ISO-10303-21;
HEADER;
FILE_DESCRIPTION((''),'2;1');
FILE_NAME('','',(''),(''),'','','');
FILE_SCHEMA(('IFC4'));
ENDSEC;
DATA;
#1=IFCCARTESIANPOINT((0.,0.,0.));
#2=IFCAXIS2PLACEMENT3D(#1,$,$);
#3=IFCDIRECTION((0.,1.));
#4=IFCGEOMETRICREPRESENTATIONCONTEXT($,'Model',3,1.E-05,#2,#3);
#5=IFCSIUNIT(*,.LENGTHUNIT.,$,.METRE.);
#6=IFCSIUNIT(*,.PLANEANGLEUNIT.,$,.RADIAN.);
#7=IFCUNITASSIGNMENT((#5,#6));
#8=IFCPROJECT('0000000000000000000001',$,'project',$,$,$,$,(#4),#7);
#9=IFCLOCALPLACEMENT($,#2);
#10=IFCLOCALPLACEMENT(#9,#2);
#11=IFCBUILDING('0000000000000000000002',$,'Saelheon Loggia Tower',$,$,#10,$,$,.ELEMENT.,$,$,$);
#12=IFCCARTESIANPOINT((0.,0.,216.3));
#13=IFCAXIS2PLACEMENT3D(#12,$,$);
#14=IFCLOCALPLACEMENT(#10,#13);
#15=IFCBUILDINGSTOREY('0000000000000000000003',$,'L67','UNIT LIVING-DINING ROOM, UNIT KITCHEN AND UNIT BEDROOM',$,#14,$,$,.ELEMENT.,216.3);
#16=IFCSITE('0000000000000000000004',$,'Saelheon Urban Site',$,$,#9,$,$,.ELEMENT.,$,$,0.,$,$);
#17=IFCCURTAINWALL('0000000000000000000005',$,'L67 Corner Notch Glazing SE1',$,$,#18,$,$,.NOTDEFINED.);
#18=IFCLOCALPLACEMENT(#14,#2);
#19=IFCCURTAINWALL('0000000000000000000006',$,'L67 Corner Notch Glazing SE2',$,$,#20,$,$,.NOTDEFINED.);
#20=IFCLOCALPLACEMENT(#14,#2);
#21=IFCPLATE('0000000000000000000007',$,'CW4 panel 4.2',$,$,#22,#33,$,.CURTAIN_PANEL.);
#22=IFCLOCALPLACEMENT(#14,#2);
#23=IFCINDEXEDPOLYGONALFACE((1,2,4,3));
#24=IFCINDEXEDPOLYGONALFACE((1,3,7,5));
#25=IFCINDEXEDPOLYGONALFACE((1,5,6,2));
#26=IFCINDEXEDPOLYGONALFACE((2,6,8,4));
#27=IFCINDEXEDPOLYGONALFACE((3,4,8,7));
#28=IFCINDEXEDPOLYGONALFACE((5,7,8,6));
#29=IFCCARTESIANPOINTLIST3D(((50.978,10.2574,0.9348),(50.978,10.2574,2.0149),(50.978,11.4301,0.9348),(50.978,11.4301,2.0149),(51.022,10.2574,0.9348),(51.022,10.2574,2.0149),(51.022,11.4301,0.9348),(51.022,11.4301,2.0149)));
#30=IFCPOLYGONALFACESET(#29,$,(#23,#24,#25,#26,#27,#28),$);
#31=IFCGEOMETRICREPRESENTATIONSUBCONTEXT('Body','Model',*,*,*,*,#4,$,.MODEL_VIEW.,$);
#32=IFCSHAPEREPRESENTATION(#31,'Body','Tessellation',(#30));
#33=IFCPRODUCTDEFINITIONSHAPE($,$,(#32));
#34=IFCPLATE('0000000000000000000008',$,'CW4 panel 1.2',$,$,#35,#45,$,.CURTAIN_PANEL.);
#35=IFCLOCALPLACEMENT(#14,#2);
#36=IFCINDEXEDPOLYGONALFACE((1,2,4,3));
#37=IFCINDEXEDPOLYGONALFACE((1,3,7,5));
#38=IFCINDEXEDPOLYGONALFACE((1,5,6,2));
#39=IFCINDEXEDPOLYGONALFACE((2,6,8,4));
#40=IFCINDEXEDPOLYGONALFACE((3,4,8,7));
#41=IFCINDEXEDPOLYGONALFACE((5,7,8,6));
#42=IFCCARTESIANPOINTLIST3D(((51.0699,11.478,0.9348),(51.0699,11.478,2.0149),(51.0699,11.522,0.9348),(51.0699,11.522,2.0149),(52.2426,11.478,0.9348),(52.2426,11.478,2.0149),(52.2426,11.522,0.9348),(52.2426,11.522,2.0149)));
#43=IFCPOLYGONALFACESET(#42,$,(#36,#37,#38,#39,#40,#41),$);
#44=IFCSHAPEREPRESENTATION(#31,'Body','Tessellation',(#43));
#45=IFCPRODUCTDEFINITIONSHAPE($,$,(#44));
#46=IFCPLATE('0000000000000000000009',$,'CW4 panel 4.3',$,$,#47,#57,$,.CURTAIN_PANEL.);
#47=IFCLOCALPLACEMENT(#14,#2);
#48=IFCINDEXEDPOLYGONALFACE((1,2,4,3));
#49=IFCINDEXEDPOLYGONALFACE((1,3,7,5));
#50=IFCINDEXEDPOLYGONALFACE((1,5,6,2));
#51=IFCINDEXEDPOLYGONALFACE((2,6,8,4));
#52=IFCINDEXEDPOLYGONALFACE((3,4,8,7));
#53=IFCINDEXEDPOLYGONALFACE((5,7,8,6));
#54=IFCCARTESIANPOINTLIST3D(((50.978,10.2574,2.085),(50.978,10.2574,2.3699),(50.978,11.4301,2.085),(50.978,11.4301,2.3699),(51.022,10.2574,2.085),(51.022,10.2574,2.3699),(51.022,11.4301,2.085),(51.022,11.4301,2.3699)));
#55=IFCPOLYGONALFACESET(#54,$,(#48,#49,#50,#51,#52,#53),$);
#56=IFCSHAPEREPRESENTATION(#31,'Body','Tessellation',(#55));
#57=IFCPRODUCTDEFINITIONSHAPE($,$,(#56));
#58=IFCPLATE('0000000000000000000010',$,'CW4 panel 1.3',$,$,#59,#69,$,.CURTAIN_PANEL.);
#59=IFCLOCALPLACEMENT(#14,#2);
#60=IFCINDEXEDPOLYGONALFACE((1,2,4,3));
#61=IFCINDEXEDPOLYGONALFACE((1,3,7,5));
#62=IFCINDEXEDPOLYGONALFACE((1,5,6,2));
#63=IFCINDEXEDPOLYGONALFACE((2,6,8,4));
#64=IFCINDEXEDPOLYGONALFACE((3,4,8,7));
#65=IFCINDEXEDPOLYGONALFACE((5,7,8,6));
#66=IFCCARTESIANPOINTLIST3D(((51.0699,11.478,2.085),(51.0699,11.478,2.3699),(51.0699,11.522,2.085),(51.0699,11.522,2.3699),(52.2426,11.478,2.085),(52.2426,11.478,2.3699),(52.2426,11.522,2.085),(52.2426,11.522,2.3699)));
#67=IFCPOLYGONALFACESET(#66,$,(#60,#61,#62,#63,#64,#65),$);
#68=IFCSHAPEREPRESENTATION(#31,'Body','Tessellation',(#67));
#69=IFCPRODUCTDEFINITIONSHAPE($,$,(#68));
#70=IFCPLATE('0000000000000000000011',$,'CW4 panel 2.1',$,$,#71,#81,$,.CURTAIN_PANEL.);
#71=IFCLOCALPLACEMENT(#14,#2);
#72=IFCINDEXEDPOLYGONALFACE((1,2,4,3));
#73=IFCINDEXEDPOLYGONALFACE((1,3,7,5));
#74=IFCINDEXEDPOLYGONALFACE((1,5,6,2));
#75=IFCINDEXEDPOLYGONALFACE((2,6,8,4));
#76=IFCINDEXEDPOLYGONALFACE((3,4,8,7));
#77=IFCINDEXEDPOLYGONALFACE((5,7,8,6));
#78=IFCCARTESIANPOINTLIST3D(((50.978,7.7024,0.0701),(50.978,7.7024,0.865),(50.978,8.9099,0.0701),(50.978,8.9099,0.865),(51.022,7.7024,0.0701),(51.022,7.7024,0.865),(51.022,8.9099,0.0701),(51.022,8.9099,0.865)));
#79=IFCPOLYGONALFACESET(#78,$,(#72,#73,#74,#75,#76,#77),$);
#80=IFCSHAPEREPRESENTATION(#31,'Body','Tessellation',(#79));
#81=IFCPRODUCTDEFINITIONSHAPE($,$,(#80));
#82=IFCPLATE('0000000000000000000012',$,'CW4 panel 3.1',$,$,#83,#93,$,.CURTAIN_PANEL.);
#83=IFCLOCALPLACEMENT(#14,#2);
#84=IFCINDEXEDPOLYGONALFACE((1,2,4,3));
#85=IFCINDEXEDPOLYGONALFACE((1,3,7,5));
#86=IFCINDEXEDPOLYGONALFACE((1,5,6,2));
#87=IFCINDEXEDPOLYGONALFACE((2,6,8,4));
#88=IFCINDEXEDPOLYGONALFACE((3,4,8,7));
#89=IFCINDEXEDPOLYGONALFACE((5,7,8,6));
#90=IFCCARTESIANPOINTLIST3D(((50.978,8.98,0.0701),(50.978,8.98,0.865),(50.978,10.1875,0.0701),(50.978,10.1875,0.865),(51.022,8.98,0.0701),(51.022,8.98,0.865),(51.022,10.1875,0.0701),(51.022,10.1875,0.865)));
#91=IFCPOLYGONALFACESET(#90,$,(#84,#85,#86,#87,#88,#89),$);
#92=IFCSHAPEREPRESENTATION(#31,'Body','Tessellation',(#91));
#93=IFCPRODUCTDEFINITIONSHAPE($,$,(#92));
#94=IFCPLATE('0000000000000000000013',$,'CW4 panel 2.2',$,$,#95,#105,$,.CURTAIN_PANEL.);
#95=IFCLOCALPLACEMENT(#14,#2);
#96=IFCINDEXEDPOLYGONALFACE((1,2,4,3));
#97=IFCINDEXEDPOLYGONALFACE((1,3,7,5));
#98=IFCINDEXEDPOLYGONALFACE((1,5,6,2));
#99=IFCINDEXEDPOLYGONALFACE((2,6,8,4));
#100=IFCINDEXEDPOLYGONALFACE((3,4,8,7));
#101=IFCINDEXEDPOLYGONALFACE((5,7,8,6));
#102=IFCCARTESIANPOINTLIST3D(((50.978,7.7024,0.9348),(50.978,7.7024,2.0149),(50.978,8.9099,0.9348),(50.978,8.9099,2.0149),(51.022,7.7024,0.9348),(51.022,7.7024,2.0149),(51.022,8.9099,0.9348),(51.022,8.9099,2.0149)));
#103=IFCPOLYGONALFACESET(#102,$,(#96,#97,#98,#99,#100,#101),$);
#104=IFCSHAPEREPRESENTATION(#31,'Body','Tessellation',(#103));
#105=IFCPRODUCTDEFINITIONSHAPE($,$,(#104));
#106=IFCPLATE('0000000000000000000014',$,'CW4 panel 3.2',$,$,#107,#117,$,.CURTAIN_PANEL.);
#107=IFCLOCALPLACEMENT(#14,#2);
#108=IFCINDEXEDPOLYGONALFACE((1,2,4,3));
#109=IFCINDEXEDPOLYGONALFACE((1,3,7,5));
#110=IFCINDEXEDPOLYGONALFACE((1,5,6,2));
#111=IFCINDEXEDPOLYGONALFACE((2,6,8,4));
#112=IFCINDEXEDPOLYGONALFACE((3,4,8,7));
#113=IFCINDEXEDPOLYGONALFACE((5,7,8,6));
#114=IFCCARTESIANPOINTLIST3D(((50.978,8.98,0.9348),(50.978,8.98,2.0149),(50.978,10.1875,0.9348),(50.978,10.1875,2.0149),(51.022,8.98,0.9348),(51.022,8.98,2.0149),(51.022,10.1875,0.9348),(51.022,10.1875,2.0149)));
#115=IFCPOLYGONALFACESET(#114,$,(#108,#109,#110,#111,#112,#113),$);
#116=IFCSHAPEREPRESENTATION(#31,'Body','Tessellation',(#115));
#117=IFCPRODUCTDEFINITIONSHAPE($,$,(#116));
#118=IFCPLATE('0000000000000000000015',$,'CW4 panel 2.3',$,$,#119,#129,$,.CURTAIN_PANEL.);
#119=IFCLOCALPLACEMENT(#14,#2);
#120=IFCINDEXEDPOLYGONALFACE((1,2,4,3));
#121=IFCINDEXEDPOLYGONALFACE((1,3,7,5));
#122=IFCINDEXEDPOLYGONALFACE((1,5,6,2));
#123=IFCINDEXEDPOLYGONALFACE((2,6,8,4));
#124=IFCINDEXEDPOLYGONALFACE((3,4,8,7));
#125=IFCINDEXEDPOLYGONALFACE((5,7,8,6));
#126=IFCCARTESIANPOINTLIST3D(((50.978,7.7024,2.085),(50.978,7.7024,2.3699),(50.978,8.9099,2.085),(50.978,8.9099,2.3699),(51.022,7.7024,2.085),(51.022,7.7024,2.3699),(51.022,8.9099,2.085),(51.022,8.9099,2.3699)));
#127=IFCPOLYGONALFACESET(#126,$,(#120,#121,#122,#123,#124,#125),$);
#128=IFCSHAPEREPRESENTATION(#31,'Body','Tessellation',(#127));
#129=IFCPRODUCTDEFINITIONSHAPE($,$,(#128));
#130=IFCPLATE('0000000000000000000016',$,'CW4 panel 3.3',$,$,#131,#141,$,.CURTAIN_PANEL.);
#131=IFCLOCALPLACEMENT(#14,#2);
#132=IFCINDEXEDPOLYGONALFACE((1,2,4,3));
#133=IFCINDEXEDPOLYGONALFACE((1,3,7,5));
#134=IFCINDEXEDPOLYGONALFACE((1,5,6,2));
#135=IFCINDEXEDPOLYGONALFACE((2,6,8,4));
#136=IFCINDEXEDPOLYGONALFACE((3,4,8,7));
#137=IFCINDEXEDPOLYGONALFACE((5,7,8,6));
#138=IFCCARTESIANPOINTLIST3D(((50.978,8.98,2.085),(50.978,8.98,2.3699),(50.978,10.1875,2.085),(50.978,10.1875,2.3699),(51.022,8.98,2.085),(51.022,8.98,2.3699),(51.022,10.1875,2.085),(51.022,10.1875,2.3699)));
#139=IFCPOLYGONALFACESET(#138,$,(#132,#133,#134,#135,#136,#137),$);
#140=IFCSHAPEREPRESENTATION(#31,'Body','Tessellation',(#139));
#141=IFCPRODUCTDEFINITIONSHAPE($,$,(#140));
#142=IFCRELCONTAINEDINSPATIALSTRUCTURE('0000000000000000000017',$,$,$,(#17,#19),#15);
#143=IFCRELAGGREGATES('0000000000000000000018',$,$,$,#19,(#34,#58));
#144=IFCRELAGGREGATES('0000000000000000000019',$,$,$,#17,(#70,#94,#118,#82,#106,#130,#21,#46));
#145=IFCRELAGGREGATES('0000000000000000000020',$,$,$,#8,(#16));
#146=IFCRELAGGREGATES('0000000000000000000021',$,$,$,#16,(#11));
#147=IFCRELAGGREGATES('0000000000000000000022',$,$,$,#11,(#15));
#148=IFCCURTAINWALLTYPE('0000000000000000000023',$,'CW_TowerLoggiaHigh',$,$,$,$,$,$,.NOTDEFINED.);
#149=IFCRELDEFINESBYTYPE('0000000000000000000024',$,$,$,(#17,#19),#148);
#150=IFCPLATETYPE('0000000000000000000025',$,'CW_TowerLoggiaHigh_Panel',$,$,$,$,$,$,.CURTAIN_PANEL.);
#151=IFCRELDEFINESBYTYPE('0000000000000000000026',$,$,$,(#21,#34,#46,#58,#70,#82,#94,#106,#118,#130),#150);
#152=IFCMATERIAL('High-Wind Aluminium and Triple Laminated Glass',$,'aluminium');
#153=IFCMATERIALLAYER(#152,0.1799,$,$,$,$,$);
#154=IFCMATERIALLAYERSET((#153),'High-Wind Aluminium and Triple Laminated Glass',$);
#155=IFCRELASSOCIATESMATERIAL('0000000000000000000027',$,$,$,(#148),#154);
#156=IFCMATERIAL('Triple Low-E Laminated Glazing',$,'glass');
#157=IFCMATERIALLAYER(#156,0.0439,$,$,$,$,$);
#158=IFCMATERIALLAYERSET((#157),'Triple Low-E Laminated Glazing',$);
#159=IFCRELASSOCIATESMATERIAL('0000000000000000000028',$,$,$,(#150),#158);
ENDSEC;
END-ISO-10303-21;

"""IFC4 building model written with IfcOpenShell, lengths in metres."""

from ifc_helpers import new_model, si_unit, direction, frame, origin, origin_2d, place, context, subcontext, project, spatial, rectangle, extrude, source, transform, mapped, material, layer, layer_set, type_object, element, aggregate, save


model = new_model("IFC4")

# Units and contexts
model_context = context("Model", 3, precision=1e-05, world=origin(), true_north=direction((0.0, 1.0)))
body_context = subcontext(model_context, "Body", "Model", "MODEL_VIEW")
ifc_project = project(units=[si_unit("LENGTHUNIT", "METRE"), si_unit("PLANEANGLEUNIT", "RADIAN")], contexts=[model_context])

# Site, building, storey
site_placement = place(None, origin())
site = spatial("IfcSite", under=ifc_project, at=site_placement, Name="Saelheon Urban Site", CompositionType="ELEMENT", RefElevation=0.0)
building_placement = place(site_placement, origin())
building = spatial("IfcBuilding", under=site, at=building_placement, Name="Saelheon Loggia Tower", CompositionType="ELEMENT")
storey_placement = place(building_placement, frame((0.0, 0.0, 216.3)))
storey = spatial("IfcBuildingStorey", under=building, at=storey_placement, Name="L67", Description="UNIT LIVING-DINING ROOM, UNIT KITCHEN AND UNIT BEDROOM", CompositionType="ELEMENT", Elevation=216.3)

# Curtain walls
ifc_material_1 = material(Name="High-Wind Aluminium and Triple Laminated Glass", Category="aluminium")
ifc_layer_1 = layer(ifc_material_1, 0.1799)
ifc_layer_set_1 = layer_set([ifc_layer_1], Name="High-Wind Aluminium and Triple Laminated Glass")
curtain_wall_type = type_object("IfcCurtainWallType", Name="CW_TowerLoggiaHigh", PredefinedType="NOTDEFINED", material=ifc_layer_set_1)
curtain_wall_1_placement = place(storey_placement, origin())
curtain_wall_1 = element("IfcCurtainWall", 1, at=curtain_wall_1_placement, inside=storey, type_object=curtain_wall_type, Name="L67 Corner Notch Glazing SE1", PredefinedType="NOTDEFINED")
curtain_wall_2_placement = place(storey_placement, origin())
curtain_wall_2 = element("IfcCurtainWall", 2, at=curtain_wall_2_placement, inside=storey, type_object=curtain_wall_type, Name="L67 Corner Notch Glazing SE2", PredefinedType="NOTDEFINED")

# Plates
ifc_material_2 = material(Name="Triple Low-E Laminated Glazing", Category="glass")
ifc_layer_2 = layer(ifc_material_2, 0.0439)
ifc_layer_set_2 = layer_set([ifc_layer_2], Name="Triple Low-E Laminated Glazing")
plate_type = type_object("IfcPlateType", Name="CW_TowerLoggiaHigh_Panel", PredefinedType="CURTAIN_PANEL", material=ifc_layer_set_2)
shared_shape_1 = source(origin(), body_context, "Body", "SweptSolid", [
    extrude(rectangle(XDim=1.1726, YDim=0.0439, at=origin_2d()), origin(), (0.0, 0.0, 1.0), 1.0801),
])
plate_1_placement = place(storey_placement, frame((51.0, 10.8438, 0.9348), z_axis=(0.0, 0.0, 1.0), x_axis=(0.0, 1.0, 0.0)))
plate_1 = element("IfcPlate", 3, at=plate_1_placement, type_object=plate_type, Name="CW4 panel 4.2", PredefinedType="CURTAIN_PANEL", context=body_context, shape_type="MappedRepresentation", body=[
    mapped(shared_shape_1, transform((0.0, 0.0, 0.0), scale=1.0)),
])
plate_2_placement = place(storey_placement, frame((51.6562, 11.5, 0.9348), z_axis=(0.0, 0.0, 1.0), x_axis=(1.0, 0.0, 0.0)))
plate_2 = element("IfcPlate", 4, at=plate_2_placement, type_object=plate_type, Name="CW4 panel 1.2", PredefinedType="CURTAIN_PANEL", context=body_context, shape_type="MappedRepresentation", body=[
    mapped(shared_shape_1, transform((0.0, 0.0, 0.0), scale=1.0)),
])
shared_shape_2 = source(origin(), body_context, "Body", "SweptSolid", [
    extrude(rectangle(XDim=1.1726, YDim=0.0439, at=origin_2d()), origin(), (0.0, 0.0, 1.0), 0.2849),
])
plate_3_placement = place(storey_placement, frame((51.0, 10.8438, 2.085), z_axis=(0.0, 0.0, 1.0), x_axis=(0.0, 1.0, 0.0)))
plate_3 = element("IfcPlate", 5, at=plate_3_placement, type_object=plate_type, Name="CW4 panel 4.3", PredefinedType="CURTAIN_PANEL", context=body_context, shape_type="MappedRepresentation", body=[
    mapped(shared_shape_2, transform((0.0, 0.0, 0.0), scale=1.0)),
])
plate_4_placement = place(storey_placement, frame((51.6562, 11.5, 2.085), z_axis=(0.0, 0.0, 1.0), x_axis=(1.0, 0.0, 0.0)))
plate_4 = element("IfcPlate", 6, at=plate_4_placement, type_object=plate_type, Name="CW4 panel 1.3", PredefinedType="CURTAIN_PANEL", context=body_context, shape_type="MappedRepresentation", body=[
    mapped(shared_shape_2, transform((0.0, 0.0, 0.0), scale=1.0)),
])
aggregate(curtain_wall_2, [plate_2, plate_4])
shared_shape_3 = source(origin(), body_context, "Body", "SweptSolid", [
    extrude(rectangle(XDim=1.2075, YDim=0.0439, at=origin_2d()), origin(), (0.0, 0.0, 1.0), 0.7949),
])
plate_5_placement = place(storey_placement, frame((51.0, 8.3062, 0.0701), z_axis=(0.0, 0.0, 1.0), x_axis=(0.0, 1.0, 0.0)))
plate_5 = element("IfcPlate", 7, at=plate_5_placement, type_object=plate_type, Name="CW4 panel 2.1", PredefinedType="CURTAIN_PANEL", context=body_context, shape_type="MappedRepresentation", body=[
    mapped(shared_shape_3, transform((0.0, 0.0, 0.0), scale=1.0)),
])
plate_6_placement = place(storey_placement, frame((51.0, 9.5837, 0.0701), z_axis=(0.0, 0.0, 1.0), x_axis=(0.0, 1.0, 0.0)))
plate_6 = element("IfcPlate", 8, at=plate_6_placement, type_object=plate_type, Name="CW4 panel 3.1", PredefinedType="CURTAIN_PANEL", context=body_context, shape_type="MappedRepresentation", body=[
    mapped(shared_shape_3, transform((0.0, 0.0, 0.0), scale=1.0)),
])
shared_shape_4 = source(origin(), body_context, "Body", "SweptSolid", [
    extrude(rectangle(XDim=1.2075, YDim=0.0439, at=origin_2d()), origin(), (0.0, 0.0, 1.0), 1.0801),
])
plate_7_placement = place(storey_placement, frame((51.0, 8.3062, 0.9348), z_axis=(0.0, 0.0, 1.0), x_axis=(0.0, 1.0, 0.0)))
plate_7 = element("IfcPlate", 9, at=plate_7_placement, type_object=plate_type, Name="CW4 panel 2.2", PredefinedType="CURTAIN_PANEL", context=body_context, shape_type="MappedRepresentation", body=[
    mapped(shared_shape_4, transform((0.0, 0.0, 0.0), scale=1.0)),
])
plate_8_placement = place(storey_placement, frame((51.0, 9.5837, 0.9348), z_axis=(0.0, 0.0, 1.0), x_axis=(0.0, 1.0, 0.0)))
plate_8 = element("IfcPlate", 10, at=plate_8_placement, type_object=plate_type, Name="CW4 panel 3.2", PredefinedType="CURTAIN_PANEL", context=body_context, shape_type="MappedRepresentation", body=[
    mapped(shared_shape_4, transform((0.0, 0.0, 0.0), scale=1.0)),
])
shared_shape_5 = source(origin(), body_context, "Body", "SweptSolid", [
    extrude(rectangle(XDim=1.2075, YDim=0.0439, at=origin_2d()), origin(), (0.0, 0.0, 1.0), 0.2849),
])
plate_9_placement = place(storey_placement, frame((51.0, 8.3062, 2.085), z_axis=(0.0, 0.0, 1.0), x_axis=(0.0, 1.0, 0.0)))
plate_9 = element("IfcPlate", 11, at=plate_9_placement, type_object=plate_type, Name="CW4 panel 2.3", PredefinedType="CURTAIN_PANEL", context=body_context, shape_type="MappedRepresentation", body=[
    mapped(shared_shape_5, transform((0.0, 0.0, 0.0), scale=1.0)),
])
plate_10_placement = place(storey_placement, frame((51.0, 9.5837, 2.085), z_axis=(0.0, 0.0, 1.0), x_axis=(0.0, 1.0, 0.0)))
plate_10 = element("IfcPlate", 12, at=plate_10_placement, type_object=plate_type, Name="CW4 panel 3.3", PredefinedType="CURTAIN_PANEL", context=body_context, shape_type="MappedRepresentation", body=[
    mapped(shared_shape_5, transform((0.0, 0.0, 0.0), scale=1.0)),
])
aggregate(curtain_wall_1, [plate_5, plate_7, plate_9, plate_6, plate_8, plate_10, plate_1, plate_3])

save(model, "model.ifc")
